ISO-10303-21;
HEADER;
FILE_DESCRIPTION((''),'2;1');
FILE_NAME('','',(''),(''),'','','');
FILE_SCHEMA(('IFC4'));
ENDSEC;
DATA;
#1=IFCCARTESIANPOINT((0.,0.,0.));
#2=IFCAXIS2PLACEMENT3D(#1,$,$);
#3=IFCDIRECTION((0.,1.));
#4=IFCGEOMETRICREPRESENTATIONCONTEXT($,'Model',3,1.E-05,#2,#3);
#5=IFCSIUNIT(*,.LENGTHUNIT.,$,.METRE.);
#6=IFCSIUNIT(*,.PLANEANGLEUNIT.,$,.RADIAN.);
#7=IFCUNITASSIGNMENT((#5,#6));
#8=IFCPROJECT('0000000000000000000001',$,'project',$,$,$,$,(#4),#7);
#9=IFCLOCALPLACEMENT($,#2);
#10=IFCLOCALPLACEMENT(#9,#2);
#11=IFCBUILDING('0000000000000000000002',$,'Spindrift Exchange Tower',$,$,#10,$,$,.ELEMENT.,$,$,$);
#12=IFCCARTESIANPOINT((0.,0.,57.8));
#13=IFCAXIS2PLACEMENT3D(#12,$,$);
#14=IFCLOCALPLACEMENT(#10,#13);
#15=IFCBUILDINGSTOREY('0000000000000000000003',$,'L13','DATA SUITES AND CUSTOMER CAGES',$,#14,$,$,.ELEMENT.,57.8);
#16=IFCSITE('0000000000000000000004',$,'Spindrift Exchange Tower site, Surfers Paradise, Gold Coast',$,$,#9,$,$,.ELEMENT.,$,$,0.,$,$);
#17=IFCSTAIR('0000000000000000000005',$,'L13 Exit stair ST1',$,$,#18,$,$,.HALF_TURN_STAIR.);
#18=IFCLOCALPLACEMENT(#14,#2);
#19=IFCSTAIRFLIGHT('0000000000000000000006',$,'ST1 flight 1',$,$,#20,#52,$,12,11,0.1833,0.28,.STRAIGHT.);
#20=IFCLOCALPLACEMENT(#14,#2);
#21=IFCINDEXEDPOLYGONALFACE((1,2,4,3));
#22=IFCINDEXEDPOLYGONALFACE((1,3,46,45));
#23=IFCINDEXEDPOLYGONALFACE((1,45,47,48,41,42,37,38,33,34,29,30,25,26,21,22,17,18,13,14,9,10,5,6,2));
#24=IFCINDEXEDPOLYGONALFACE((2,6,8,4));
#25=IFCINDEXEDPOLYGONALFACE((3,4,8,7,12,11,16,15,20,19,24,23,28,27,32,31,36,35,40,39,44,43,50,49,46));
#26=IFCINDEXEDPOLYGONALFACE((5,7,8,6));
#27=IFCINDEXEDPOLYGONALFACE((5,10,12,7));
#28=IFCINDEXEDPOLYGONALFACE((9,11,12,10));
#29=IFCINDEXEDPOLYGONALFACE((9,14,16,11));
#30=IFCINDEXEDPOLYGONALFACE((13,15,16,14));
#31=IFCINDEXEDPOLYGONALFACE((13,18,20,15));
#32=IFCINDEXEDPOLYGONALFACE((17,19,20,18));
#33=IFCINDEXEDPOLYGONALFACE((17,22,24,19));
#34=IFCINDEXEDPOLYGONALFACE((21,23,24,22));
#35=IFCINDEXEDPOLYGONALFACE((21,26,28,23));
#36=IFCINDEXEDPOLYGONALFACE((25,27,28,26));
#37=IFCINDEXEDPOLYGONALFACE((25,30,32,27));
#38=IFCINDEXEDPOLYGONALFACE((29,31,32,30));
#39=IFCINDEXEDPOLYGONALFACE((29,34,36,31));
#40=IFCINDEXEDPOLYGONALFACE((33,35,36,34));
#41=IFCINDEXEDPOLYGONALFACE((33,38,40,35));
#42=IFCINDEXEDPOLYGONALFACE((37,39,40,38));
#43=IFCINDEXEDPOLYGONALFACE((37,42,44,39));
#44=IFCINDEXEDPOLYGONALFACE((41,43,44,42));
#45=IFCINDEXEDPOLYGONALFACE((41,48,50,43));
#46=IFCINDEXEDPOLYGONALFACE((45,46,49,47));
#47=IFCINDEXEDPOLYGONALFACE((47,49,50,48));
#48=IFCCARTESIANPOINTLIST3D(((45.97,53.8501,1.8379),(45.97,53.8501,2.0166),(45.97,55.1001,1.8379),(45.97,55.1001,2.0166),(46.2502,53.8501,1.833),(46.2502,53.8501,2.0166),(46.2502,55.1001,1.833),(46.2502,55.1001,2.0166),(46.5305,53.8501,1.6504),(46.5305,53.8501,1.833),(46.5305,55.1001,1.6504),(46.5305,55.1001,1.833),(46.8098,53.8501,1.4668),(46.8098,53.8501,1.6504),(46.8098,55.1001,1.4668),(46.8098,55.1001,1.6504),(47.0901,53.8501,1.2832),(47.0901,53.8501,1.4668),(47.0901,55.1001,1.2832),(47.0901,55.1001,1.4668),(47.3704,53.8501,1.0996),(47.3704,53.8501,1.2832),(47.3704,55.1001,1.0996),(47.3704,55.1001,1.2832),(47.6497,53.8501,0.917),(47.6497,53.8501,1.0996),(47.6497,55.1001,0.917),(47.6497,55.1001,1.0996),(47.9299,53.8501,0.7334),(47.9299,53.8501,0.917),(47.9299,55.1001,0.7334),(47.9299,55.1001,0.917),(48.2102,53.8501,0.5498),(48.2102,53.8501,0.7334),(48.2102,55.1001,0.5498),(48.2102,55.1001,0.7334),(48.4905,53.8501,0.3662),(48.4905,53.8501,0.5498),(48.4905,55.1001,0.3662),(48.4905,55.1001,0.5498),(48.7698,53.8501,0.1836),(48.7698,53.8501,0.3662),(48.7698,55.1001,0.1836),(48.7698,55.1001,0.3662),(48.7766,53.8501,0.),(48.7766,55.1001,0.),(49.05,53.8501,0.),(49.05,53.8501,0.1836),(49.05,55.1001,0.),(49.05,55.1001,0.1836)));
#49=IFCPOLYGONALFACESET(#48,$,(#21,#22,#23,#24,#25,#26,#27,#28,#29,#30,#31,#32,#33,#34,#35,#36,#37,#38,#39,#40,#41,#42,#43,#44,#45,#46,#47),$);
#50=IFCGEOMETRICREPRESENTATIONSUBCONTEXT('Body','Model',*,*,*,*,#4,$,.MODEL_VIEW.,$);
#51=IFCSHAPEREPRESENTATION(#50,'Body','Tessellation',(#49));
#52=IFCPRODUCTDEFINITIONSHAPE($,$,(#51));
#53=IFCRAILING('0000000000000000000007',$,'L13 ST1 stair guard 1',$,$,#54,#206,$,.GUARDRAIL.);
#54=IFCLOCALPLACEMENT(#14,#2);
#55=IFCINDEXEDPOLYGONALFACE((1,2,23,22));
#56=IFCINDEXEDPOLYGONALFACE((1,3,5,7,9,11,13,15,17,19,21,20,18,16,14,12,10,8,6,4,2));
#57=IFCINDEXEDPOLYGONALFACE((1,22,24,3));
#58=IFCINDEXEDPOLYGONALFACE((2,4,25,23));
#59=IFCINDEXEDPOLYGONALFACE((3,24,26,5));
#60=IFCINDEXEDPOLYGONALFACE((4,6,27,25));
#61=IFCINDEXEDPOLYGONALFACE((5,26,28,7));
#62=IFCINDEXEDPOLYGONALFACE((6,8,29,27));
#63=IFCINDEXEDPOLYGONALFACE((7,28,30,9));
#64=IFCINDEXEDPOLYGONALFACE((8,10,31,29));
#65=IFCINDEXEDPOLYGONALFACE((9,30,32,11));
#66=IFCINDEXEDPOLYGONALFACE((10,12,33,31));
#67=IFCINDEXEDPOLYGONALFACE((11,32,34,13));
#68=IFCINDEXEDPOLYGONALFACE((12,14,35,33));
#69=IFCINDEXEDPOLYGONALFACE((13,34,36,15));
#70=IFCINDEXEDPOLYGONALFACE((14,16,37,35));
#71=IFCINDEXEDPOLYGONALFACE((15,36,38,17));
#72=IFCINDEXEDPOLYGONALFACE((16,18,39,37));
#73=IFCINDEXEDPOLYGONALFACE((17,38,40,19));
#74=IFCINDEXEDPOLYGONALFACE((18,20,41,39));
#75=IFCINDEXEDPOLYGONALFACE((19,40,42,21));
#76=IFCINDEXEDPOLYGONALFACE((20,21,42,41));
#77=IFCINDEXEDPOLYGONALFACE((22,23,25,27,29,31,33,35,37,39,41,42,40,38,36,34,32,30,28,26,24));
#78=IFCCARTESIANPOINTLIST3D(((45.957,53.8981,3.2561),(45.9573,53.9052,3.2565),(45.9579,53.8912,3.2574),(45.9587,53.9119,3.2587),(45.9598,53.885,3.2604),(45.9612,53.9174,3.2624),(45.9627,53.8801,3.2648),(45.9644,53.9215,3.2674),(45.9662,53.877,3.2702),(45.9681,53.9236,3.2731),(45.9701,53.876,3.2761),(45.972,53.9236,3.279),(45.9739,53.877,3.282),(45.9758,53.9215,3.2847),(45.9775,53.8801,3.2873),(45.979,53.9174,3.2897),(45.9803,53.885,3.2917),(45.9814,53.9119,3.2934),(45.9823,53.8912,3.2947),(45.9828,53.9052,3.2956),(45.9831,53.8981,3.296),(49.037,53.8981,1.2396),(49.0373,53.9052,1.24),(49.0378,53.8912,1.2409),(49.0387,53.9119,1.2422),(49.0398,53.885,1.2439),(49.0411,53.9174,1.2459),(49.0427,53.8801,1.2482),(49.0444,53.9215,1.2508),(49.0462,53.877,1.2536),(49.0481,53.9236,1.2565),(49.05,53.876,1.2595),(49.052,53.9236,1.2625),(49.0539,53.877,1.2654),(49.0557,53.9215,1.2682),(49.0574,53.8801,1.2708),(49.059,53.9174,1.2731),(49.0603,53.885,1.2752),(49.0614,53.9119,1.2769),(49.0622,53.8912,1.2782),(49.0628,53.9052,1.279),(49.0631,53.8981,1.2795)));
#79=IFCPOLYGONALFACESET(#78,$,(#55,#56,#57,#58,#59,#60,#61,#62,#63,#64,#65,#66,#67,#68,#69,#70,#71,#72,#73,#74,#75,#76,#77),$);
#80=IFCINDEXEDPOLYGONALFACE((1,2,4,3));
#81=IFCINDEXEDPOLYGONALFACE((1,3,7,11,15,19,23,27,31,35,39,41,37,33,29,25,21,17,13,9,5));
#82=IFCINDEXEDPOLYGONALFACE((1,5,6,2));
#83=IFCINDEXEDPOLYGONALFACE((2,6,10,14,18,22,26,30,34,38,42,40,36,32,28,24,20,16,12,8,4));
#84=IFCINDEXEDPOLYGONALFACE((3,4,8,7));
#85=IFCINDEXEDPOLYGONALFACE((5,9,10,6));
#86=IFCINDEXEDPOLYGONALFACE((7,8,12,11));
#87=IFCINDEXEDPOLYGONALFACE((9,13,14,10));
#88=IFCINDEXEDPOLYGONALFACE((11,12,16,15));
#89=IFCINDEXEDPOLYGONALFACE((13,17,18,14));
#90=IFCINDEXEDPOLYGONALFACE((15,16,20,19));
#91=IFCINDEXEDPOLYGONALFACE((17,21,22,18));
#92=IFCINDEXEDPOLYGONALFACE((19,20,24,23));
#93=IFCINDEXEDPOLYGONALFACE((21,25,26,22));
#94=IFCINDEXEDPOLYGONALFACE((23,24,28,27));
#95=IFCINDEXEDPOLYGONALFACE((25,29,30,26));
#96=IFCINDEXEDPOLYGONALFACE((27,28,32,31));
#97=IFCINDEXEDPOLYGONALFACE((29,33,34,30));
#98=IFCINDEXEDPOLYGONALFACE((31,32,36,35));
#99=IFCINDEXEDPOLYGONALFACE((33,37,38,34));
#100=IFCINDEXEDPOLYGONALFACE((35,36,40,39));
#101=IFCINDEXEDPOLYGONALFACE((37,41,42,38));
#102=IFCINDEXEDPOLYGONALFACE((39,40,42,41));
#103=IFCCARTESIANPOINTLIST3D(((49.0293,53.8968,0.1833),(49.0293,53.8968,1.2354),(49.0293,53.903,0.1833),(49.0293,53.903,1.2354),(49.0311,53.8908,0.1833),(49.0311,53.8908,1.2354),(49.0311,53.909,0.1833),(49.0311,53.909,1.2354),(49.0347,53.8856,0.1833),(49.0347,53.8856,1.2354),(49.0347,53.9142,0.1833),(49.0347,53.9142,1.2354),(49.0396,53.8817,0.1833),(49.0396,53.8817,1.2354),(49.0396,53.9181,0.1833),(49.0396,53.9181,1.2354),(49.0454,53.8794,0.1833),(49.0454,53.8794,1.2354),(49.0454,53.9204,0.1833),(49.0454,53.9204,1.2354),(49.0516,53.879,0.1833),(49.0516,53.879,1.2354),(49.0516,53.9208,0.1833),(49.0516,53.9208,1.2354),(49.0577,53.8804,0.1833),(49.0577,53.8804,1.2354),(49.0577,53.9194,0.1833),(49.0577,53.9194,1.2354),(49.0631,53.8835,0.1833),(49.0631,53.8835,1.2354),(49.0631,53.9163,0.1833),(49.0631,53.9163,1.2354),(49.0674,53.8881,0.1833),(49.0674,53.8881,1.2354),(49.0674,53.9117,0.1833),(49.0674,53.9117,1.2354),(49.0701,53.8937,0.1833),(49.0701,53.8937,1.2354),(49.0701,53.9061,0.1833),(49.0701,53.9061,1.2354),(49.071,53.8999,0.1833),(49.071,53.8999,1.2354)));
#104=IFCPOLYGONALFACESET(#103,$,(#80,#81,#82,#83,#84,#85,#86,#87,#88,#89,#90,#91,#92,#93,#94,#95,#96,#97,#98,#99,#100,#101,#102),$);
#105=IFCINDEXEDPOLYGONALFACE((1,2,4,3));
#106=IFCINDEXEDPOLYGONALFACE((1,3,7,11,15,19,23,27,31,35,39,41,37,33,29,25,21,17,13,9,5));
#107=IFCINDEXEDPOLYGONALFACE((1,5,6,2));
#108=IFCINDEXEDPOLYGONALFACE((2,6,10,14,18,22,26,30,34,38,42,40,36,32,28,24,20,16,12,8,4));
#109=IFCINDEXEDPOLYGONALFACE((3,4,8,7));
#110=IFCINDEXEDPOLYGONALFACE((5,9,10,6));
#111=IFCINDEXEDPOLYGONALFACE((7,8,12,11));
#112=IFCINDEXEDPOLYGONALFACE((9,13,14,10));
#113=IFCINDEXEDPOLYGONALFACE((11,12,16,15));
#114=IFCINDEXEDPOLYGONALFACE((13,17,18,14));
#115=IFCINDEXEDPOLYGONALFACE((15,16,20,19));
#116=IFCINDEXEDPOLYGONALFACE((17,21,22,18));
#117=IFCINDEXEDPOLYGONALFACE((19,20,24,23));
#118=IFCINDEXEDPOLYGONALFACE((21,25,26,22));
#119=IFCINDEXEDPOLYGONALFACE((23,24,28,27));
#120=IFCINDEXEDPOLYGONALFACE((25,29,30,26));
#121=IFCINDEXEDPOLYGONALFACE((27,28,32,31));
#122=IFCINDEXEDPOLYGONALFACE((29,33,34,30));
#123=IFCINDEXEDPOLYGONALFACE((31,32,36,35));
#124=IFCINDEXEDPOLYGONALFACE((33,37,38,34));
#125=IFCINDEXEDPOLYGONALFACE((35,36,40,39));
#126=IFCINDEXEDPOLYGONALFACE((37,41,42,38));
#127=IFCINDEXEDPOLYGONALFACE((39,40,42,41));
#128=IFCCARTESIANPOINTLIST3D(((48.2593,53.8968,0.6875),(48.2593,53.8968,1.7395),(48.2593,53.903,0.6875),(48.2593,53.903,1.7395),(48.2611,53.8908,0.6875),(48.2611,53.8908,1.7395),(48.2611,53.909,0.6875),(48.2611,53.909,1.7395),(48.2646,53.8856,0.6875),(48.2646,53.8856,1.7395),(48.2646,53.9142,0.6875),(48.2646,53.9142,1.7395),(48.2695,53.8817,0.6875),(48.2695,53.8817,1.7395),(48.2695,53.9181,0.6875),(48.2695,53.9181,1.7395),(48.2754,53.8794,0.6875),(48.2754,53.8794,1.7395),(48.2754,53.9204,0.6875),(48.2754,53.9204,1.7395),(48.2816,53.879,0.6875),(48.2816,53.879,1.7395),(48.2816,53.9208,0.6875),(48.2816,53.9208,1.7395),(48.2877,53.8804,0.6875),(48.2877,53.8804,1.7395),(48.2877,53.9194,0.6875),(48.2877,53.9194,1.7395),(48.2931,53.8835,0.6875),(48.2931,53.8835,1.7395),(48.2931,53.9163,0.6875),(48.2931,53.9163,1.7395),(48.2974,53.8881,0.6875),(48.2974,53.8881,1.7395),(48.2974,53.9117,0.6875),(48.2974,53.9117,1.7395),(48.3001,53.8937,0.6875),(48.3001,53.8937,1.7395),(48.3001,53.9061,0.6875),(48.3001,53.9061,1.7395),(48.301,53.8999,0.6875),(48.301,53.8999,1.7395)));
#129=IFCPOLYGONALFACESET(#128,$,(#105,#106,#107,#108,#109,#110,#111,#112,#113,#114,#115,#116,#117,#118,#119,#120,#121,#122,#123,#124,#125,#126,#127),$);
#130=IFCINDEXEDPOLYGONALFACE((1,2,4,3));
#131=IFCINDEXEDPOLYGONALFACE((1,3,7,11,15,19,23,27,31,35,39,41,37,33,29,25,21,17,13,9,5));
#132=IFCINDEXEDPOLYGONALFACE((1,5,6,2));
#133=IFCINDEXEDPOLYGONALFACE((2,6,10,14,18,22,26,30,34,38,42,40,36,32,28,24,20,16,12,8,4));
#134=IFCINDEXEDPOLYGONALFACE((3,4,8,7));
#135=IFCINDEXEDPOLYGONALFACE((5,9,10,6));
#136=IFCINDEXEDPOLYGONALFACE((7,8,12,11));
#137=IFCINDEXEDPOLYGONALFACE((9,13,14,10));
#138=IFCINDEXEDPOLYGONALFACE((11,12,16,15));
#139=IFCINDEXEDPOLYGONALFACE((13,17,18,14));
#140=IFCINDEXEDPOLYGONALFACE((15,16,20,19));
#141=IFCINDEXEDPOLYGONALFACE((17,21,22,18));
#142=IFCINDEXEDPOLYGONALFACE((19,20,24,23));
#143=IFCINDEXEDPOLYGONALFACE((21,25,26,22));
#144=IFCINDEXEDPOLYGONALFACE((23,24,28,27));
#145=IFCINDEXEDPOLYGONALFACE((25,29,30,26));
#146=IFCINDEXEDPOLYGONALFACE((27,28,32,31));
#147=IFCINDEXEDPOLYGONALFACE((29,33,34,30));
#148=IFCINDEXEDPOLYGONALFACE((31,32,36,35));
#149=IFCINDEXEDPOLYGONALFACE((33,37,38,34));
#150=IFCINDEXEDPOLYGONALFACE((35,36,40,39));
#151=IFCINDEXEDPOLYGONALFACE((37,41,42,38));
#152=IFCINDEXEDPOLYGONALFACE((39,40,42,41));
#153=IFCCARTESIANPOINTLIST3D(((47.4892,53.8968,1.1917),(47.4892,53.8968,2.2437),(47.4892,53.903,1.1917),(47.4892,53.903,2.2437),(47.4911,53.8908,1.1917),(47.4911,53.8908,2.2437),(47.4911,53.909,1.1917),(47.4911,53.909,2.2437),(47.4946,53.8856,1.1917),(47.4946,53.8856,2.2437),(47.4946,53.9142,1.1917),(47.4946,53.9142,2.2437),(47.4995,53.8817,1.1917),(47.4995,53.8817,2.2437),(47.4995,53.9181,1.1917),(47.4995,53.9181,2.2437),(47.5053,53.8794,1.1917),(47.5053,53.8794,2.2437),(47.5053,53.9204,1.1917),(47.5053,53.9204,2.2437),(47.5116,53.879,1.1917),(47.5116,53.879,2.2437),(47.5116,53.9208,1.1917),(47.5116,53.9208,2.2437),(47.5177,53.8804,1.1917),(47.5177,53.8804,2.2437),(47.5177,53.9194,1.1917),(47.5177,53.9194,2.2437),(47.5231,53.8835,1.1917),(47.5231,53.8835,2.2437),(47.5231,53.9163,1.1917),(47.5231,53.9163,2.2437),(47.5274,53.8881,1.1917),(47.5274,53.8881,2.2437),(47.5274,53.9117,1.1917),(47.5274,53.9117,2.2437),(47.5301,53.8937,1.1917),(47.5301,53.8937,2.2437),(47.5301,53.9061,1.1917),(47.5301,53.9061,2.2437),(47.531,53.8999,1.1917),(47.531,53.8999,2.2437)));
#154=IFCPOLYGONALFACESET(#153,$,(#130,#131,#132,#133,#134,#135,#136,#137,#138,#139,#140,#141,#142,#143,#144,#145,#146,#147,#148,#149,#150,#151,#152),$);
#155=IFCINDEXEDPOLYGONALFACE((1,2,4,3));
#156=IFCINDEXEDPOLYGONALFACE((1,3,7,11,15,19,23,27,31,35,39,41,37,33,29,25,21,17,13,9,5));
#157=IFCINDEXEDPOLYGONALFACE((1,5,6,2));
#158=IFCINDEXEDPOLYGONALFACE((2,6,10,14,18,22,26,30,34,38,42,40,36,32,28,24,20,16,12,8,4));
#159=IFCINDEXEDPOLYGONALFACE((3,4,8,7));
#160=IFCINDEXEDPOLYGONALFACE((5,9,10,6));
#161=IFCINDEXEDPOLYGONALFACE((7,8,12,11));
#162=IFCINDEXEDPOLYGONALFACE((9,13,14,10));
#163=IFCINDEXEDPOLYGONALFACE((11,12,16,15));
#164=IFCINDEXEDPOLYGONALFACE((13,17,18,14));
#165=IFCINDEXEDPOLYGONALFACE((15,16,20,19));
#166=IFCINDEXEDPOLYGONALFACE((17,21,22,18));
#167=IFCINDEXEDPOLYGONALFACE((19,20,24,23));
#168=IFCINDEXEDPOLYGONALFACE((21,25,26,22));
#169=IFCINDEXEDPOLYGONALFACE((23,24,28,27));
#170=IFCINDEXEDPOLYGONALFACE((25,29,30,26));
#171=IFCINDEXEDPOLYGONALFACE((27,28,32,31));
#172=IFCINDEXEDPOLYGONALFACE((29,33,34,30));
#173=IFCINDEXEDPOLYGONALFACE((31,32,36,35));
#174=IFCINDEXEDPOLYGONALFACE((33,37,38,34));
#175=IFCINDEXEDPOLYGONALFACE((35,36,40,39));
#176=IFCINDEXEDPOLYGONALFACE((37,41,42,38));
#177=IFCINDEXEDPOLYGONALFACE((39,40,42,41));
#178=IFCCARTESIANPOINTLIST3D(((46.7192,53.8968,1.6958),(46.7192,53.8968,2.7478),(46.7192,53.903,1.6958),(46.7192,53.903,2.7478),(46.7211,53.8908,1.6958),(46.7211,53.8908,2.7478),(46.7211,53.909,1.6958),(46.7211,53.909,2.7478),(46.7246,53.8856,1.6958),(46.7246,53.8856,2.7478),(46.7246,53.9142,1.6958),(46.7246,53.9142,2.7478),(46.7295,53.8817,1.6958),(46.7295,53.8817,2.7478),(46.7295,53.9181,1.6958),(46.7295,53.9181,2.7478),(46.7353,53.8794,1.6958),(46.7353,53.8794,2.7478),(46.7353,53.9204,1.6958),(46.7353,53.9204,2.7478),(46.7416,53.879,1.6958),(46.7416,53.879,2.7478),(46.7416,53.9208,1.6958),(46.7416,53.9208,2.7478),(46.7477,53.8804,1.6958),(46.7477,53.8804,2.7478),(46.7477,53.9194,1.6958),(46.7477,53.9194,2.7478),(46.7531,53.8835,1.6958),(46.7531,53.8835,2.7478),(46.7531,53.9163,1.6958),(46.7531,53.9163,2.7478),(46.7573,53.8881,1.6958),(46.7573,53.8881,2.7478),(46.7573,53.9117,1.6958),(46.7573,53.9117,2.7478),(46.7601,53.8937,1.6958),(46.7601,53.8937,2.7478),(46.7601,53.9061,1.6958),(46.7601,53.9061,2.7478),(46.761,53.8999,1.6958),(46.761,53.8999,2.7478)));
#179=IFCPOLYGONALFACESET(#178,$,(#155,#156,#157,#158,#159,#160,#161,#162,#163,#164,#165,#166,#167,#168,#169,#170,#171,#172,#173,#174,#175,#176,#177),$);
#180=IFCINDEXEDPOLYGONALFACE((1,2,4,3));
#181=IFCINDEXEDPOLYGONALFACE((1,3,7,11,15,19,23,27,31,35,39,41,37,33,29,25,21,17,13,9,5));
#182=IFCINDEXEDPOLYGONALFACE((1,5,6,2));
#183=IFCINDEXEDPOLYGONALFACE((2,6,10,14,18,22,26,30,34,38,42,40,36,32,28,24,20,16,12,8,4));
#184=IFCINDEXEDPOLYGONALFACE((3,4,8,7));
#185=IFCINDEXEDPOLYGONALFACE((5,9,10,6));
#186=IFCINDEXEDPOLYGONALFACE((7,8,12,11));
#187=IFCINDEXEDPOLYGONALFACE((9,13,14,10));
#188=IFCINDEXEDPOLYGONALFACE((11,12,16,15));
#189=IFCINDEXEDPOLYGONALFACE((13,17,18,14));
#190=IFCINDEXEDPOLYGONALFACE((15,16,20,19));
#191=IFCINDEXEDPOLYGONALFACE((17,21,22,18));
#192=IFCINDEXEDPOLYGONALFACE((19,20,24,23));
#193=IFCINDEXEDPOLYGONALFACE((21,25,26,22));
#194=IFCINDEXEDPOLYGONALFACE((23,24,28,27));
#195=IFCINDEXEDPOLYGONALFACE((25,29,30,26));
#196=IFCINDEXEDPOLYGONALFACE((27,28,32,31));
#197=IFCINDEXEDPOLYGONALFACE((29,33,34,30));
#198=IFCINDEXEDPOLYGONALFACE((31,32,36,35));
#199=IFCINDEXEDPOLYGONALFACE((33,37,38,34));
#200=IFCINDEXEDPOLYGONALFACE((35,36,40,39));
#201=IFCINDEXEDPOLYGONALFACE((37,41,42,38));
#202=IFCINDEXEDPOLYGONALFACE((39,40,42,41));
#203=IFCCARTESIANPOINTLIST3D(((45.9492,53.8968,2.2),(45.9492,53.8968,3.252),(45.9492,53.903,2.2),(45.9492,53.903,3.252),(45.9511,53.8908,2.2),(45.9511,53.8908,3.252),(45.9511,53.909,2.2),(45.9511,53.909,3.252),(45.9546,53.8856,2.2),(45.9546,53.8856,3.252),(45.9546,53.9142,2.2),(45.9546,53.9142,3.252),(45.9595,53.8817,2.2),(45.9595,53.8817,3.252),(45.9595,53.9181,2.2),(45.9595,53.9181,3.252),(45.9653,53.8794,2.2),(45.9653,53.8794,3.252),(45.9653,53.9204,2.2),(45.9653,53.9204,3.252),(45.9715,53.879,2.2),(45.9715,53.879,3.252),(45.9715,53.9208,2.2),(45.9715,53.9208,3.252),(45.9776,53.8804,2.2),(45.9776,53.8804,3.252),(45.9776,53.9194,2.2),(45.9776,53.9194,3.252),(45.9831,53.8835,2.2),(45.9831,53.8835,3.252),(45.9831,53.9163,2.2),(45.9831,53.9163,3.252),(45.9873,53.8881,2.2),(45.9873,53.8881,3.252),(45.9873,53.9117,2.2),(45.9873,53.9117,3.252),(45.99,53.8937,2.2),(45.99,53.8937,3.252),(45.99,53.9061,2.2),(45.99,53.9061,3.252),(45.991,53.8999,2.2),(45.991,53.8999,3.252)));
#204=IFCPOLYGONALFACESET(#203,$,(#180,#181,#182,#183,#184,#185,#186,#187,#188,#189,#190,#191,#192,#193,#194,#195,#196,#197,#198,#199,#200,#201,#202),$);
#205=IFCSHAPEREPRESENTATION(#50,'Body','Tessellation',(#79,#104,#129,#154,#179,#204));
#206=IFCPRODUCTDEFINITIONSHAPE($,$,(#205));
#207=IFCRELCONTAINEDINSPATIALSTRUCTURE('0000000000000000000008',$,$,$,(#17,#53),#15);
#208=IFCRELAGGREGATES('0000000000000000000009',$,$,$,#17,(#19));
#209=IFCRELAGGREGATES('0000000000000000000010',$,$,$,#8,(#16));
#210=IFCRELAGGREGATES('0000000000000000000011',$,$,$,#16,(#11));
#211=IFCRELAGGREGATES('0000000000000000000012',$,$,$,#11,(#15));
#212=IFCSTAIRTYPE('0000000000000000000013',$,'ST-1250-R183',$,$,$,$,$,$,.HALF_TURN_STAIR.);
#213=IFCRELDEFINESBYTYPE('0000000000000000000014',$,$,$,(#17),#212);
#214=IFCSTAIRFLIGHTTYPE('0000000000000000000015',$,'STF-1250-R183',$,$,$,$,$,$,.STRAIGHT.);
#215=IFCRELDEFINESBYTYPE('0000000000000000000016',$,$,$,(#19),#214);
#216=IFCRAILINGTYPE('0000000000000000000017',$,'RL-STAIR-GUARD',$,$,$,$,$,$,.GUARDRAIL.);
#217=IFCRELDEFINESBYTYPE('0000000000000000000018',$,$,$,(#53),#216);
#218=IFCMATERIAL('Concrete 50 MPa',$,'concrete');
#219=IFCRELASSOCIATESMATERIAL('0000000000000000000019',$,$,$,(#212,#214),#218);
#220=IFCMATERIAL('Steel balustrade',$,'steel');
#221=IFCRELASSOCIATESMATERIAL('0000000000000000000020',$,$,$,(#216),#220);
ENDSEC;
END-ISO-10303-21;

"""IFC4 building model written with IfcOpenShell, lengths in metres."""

from ifc_helpers import new_model, si_unit, direction, frame, origin, origin_2d, place, context, subcontext, project, spatial, line, indexed_curve, circle, outline, extrude, material, type_object, element, aggregate, save


model = new_model("IFC4")

# Units and contexts
model_context = context("Model", 3, precision=1e-05, world=origin(), true_north=direction((0.0, 1.0)))
body_context = subcontext(model_context, "Body", "Model", "MODEL_VIEW")
ifc_project = project(units=[si_unit("LENGTHUNIT", "METRE"), si_unit("PLANEANGLEUNIT", "RADIAN")], contexts=[model_context])

# Site, building, storey
site_placement = place(None, origin())
site = spatial("IfcSite", under=ifc_project, at=site_placement, Name="Spindrift Exchange Tower site, Surfers Paradise, Gold Coast", CompositionType="ELEMENT", RefElevation=0.0)
building_placement = place(site_placement, origin())
building = spatial("IfcBuilding", under=site, at=building_placement, Name="Spindrift Exchange Tower", CompositionType="ELEMENT")
storey_placement = place(building_placement, frame((0.0, 0.0, 57.8)))
storey = spatial("IfcBuildingStorey", under=building, at=storey_placement, Name="L13", Description="DATA SUITES AND CUSTOMER CAGES", CompositionType="ELEMENT", Elevation=57.8)

# Stair, stair flight
ifc_material_1 = material(Name="Concrete 50 MPa", Category="concrete")
stair_type = type_object("IfcStairType", Name="ST-1250-R183", PredefinedType="HALF_TURN_STAIR", material=ifc_material_1)
stair_placement = place(storey_placement, origin())
stair = element("IfcStair", 1, at=stair_placement, inside=storey, type_object=stair_type, Name="L13 Exit stair ST1", PredefinedType="HALF_TURN_STAIR")
stair_flight_type = type_object("IfcStairFlightType", Name="STF-1250-R183", PredefinedType="STRAIGHT", material=ifc_material_1)
stair_flight_placement = place(storey_placement, frame((49.05, 54.4751, 0.0), z_axis=(0.0, 0.0, 1.0), x_axis=(-1.0, 0.0, 0.0)))
stair_flight = element("IfcStairFlight", 2, at=stair_flight_placement, type_object=stair_flight_type, Name="ST1 flight 1", NumberOfRisers=12, NumberOfTreads=11, PredefinedType="STRAIGHT", RiserHeight=0.1833, TreadLength=0.28, context=body_context, shape_type="SweptSolid", body=[
    extrude(outline(indexed_curve([(0.0, 0.0), (0.0, 0.1836), (0.2803, 0.1836), (0.2803, 0.3662), (0.5596, 0.3662), (0.5596, 0.5498), (0.8398, 0.5498), (0.8398, 0.7334), (1.1201, 0.7334), (1.1201, 0.917), (1.4004, 0.917), (1.4004, 1.0996), (1.6797, 1.0996), (1.6797, 1.2832), (1.96, 1.2832), (1.96, 1.4668), (2.2402, 1.4668), (2.2402, 1.6504), (2.5195, 1.6504), (2.5195, 1.833), (2.7998, 1.833), (2.7998, 2.0166), (3.0801, 2.0166), (3.0801, 2.2002), (3.0801, 1.8379), (0.2734, 0.0)], segments=[line(1, 2, 3, 4, 5, 6, 7, 8, 9, 10, 11, 12, 13, 14, 15, 16, 17, 18, 19, 20, 21, 22, 23, 24, 25, 26, 1)], self_intersect=False)), frame((0.0, 0.625, 0.0), z_axis=(0.0, -1.0, 0.0), x_axis=(1.0, 0.0, 0.0)), (0.0, 0.0, 1.0), 1.25),
])
aggregate(stair, [stair_flight])

# Railing
ifc_material_2 = material(Name="Steel balustrade", Category="steel")
railing_type_1 = type_object("IfcRailingType", Name="RL-STAIR-GUARD", PredefinedType="GUARDRAIL", material=ifc_material_2)
railing_1_placement = place(storey_placement, frame((49.05, 53.8999, 0.1833)))
element("IfcRailing", 3, at=railing_1_placement, inside=storey, type_object=railing_type_1, Name="L13 ST1 stair guard 1", PredefinedType="GUARDRAIL", context=body_context, shape_type="SweptSolid", body=[
    extrude(circle(Radius=0.0239, at=origin_2d()), frame((0.0, 0.0, 1.0762), z_axis=(-0.836633, 0.0, 0.547764), x_axis=(0.0, -1.0, 0.0)), (0.0, 0.0, 1.0), 3.6814),
    extrude(circle(Radius=0.021, at=origin_2d()), origin(), (0.0, 0.0, 1.0), 1.052),
    extrude(circle(Radius=0.021, at=origin_2d()), frame((-0.77, 0.0, 0.5042)), (0.0, 0.0, 1.0), 1.052),
    extrude(circle(Radius=0.021, at=origin_2d()), frame((-1.54, 0.0, 1.0083)), (0.0, 0.0, 1.0), 1.052),
    extrude(circle(Radius=0.021, at=origin_2d()), frame((-2.3101, 0.0, 1.5125)), (0.0, 0.0, 1.0), 1.052),
    extrude(circle(Radius=0.021, at=origin_2d()), frame((-3.0801, 0.0, 2.0166)), (0.0, 0.0, 1.0), 1.052),
])

save(model, "model.ifc")
